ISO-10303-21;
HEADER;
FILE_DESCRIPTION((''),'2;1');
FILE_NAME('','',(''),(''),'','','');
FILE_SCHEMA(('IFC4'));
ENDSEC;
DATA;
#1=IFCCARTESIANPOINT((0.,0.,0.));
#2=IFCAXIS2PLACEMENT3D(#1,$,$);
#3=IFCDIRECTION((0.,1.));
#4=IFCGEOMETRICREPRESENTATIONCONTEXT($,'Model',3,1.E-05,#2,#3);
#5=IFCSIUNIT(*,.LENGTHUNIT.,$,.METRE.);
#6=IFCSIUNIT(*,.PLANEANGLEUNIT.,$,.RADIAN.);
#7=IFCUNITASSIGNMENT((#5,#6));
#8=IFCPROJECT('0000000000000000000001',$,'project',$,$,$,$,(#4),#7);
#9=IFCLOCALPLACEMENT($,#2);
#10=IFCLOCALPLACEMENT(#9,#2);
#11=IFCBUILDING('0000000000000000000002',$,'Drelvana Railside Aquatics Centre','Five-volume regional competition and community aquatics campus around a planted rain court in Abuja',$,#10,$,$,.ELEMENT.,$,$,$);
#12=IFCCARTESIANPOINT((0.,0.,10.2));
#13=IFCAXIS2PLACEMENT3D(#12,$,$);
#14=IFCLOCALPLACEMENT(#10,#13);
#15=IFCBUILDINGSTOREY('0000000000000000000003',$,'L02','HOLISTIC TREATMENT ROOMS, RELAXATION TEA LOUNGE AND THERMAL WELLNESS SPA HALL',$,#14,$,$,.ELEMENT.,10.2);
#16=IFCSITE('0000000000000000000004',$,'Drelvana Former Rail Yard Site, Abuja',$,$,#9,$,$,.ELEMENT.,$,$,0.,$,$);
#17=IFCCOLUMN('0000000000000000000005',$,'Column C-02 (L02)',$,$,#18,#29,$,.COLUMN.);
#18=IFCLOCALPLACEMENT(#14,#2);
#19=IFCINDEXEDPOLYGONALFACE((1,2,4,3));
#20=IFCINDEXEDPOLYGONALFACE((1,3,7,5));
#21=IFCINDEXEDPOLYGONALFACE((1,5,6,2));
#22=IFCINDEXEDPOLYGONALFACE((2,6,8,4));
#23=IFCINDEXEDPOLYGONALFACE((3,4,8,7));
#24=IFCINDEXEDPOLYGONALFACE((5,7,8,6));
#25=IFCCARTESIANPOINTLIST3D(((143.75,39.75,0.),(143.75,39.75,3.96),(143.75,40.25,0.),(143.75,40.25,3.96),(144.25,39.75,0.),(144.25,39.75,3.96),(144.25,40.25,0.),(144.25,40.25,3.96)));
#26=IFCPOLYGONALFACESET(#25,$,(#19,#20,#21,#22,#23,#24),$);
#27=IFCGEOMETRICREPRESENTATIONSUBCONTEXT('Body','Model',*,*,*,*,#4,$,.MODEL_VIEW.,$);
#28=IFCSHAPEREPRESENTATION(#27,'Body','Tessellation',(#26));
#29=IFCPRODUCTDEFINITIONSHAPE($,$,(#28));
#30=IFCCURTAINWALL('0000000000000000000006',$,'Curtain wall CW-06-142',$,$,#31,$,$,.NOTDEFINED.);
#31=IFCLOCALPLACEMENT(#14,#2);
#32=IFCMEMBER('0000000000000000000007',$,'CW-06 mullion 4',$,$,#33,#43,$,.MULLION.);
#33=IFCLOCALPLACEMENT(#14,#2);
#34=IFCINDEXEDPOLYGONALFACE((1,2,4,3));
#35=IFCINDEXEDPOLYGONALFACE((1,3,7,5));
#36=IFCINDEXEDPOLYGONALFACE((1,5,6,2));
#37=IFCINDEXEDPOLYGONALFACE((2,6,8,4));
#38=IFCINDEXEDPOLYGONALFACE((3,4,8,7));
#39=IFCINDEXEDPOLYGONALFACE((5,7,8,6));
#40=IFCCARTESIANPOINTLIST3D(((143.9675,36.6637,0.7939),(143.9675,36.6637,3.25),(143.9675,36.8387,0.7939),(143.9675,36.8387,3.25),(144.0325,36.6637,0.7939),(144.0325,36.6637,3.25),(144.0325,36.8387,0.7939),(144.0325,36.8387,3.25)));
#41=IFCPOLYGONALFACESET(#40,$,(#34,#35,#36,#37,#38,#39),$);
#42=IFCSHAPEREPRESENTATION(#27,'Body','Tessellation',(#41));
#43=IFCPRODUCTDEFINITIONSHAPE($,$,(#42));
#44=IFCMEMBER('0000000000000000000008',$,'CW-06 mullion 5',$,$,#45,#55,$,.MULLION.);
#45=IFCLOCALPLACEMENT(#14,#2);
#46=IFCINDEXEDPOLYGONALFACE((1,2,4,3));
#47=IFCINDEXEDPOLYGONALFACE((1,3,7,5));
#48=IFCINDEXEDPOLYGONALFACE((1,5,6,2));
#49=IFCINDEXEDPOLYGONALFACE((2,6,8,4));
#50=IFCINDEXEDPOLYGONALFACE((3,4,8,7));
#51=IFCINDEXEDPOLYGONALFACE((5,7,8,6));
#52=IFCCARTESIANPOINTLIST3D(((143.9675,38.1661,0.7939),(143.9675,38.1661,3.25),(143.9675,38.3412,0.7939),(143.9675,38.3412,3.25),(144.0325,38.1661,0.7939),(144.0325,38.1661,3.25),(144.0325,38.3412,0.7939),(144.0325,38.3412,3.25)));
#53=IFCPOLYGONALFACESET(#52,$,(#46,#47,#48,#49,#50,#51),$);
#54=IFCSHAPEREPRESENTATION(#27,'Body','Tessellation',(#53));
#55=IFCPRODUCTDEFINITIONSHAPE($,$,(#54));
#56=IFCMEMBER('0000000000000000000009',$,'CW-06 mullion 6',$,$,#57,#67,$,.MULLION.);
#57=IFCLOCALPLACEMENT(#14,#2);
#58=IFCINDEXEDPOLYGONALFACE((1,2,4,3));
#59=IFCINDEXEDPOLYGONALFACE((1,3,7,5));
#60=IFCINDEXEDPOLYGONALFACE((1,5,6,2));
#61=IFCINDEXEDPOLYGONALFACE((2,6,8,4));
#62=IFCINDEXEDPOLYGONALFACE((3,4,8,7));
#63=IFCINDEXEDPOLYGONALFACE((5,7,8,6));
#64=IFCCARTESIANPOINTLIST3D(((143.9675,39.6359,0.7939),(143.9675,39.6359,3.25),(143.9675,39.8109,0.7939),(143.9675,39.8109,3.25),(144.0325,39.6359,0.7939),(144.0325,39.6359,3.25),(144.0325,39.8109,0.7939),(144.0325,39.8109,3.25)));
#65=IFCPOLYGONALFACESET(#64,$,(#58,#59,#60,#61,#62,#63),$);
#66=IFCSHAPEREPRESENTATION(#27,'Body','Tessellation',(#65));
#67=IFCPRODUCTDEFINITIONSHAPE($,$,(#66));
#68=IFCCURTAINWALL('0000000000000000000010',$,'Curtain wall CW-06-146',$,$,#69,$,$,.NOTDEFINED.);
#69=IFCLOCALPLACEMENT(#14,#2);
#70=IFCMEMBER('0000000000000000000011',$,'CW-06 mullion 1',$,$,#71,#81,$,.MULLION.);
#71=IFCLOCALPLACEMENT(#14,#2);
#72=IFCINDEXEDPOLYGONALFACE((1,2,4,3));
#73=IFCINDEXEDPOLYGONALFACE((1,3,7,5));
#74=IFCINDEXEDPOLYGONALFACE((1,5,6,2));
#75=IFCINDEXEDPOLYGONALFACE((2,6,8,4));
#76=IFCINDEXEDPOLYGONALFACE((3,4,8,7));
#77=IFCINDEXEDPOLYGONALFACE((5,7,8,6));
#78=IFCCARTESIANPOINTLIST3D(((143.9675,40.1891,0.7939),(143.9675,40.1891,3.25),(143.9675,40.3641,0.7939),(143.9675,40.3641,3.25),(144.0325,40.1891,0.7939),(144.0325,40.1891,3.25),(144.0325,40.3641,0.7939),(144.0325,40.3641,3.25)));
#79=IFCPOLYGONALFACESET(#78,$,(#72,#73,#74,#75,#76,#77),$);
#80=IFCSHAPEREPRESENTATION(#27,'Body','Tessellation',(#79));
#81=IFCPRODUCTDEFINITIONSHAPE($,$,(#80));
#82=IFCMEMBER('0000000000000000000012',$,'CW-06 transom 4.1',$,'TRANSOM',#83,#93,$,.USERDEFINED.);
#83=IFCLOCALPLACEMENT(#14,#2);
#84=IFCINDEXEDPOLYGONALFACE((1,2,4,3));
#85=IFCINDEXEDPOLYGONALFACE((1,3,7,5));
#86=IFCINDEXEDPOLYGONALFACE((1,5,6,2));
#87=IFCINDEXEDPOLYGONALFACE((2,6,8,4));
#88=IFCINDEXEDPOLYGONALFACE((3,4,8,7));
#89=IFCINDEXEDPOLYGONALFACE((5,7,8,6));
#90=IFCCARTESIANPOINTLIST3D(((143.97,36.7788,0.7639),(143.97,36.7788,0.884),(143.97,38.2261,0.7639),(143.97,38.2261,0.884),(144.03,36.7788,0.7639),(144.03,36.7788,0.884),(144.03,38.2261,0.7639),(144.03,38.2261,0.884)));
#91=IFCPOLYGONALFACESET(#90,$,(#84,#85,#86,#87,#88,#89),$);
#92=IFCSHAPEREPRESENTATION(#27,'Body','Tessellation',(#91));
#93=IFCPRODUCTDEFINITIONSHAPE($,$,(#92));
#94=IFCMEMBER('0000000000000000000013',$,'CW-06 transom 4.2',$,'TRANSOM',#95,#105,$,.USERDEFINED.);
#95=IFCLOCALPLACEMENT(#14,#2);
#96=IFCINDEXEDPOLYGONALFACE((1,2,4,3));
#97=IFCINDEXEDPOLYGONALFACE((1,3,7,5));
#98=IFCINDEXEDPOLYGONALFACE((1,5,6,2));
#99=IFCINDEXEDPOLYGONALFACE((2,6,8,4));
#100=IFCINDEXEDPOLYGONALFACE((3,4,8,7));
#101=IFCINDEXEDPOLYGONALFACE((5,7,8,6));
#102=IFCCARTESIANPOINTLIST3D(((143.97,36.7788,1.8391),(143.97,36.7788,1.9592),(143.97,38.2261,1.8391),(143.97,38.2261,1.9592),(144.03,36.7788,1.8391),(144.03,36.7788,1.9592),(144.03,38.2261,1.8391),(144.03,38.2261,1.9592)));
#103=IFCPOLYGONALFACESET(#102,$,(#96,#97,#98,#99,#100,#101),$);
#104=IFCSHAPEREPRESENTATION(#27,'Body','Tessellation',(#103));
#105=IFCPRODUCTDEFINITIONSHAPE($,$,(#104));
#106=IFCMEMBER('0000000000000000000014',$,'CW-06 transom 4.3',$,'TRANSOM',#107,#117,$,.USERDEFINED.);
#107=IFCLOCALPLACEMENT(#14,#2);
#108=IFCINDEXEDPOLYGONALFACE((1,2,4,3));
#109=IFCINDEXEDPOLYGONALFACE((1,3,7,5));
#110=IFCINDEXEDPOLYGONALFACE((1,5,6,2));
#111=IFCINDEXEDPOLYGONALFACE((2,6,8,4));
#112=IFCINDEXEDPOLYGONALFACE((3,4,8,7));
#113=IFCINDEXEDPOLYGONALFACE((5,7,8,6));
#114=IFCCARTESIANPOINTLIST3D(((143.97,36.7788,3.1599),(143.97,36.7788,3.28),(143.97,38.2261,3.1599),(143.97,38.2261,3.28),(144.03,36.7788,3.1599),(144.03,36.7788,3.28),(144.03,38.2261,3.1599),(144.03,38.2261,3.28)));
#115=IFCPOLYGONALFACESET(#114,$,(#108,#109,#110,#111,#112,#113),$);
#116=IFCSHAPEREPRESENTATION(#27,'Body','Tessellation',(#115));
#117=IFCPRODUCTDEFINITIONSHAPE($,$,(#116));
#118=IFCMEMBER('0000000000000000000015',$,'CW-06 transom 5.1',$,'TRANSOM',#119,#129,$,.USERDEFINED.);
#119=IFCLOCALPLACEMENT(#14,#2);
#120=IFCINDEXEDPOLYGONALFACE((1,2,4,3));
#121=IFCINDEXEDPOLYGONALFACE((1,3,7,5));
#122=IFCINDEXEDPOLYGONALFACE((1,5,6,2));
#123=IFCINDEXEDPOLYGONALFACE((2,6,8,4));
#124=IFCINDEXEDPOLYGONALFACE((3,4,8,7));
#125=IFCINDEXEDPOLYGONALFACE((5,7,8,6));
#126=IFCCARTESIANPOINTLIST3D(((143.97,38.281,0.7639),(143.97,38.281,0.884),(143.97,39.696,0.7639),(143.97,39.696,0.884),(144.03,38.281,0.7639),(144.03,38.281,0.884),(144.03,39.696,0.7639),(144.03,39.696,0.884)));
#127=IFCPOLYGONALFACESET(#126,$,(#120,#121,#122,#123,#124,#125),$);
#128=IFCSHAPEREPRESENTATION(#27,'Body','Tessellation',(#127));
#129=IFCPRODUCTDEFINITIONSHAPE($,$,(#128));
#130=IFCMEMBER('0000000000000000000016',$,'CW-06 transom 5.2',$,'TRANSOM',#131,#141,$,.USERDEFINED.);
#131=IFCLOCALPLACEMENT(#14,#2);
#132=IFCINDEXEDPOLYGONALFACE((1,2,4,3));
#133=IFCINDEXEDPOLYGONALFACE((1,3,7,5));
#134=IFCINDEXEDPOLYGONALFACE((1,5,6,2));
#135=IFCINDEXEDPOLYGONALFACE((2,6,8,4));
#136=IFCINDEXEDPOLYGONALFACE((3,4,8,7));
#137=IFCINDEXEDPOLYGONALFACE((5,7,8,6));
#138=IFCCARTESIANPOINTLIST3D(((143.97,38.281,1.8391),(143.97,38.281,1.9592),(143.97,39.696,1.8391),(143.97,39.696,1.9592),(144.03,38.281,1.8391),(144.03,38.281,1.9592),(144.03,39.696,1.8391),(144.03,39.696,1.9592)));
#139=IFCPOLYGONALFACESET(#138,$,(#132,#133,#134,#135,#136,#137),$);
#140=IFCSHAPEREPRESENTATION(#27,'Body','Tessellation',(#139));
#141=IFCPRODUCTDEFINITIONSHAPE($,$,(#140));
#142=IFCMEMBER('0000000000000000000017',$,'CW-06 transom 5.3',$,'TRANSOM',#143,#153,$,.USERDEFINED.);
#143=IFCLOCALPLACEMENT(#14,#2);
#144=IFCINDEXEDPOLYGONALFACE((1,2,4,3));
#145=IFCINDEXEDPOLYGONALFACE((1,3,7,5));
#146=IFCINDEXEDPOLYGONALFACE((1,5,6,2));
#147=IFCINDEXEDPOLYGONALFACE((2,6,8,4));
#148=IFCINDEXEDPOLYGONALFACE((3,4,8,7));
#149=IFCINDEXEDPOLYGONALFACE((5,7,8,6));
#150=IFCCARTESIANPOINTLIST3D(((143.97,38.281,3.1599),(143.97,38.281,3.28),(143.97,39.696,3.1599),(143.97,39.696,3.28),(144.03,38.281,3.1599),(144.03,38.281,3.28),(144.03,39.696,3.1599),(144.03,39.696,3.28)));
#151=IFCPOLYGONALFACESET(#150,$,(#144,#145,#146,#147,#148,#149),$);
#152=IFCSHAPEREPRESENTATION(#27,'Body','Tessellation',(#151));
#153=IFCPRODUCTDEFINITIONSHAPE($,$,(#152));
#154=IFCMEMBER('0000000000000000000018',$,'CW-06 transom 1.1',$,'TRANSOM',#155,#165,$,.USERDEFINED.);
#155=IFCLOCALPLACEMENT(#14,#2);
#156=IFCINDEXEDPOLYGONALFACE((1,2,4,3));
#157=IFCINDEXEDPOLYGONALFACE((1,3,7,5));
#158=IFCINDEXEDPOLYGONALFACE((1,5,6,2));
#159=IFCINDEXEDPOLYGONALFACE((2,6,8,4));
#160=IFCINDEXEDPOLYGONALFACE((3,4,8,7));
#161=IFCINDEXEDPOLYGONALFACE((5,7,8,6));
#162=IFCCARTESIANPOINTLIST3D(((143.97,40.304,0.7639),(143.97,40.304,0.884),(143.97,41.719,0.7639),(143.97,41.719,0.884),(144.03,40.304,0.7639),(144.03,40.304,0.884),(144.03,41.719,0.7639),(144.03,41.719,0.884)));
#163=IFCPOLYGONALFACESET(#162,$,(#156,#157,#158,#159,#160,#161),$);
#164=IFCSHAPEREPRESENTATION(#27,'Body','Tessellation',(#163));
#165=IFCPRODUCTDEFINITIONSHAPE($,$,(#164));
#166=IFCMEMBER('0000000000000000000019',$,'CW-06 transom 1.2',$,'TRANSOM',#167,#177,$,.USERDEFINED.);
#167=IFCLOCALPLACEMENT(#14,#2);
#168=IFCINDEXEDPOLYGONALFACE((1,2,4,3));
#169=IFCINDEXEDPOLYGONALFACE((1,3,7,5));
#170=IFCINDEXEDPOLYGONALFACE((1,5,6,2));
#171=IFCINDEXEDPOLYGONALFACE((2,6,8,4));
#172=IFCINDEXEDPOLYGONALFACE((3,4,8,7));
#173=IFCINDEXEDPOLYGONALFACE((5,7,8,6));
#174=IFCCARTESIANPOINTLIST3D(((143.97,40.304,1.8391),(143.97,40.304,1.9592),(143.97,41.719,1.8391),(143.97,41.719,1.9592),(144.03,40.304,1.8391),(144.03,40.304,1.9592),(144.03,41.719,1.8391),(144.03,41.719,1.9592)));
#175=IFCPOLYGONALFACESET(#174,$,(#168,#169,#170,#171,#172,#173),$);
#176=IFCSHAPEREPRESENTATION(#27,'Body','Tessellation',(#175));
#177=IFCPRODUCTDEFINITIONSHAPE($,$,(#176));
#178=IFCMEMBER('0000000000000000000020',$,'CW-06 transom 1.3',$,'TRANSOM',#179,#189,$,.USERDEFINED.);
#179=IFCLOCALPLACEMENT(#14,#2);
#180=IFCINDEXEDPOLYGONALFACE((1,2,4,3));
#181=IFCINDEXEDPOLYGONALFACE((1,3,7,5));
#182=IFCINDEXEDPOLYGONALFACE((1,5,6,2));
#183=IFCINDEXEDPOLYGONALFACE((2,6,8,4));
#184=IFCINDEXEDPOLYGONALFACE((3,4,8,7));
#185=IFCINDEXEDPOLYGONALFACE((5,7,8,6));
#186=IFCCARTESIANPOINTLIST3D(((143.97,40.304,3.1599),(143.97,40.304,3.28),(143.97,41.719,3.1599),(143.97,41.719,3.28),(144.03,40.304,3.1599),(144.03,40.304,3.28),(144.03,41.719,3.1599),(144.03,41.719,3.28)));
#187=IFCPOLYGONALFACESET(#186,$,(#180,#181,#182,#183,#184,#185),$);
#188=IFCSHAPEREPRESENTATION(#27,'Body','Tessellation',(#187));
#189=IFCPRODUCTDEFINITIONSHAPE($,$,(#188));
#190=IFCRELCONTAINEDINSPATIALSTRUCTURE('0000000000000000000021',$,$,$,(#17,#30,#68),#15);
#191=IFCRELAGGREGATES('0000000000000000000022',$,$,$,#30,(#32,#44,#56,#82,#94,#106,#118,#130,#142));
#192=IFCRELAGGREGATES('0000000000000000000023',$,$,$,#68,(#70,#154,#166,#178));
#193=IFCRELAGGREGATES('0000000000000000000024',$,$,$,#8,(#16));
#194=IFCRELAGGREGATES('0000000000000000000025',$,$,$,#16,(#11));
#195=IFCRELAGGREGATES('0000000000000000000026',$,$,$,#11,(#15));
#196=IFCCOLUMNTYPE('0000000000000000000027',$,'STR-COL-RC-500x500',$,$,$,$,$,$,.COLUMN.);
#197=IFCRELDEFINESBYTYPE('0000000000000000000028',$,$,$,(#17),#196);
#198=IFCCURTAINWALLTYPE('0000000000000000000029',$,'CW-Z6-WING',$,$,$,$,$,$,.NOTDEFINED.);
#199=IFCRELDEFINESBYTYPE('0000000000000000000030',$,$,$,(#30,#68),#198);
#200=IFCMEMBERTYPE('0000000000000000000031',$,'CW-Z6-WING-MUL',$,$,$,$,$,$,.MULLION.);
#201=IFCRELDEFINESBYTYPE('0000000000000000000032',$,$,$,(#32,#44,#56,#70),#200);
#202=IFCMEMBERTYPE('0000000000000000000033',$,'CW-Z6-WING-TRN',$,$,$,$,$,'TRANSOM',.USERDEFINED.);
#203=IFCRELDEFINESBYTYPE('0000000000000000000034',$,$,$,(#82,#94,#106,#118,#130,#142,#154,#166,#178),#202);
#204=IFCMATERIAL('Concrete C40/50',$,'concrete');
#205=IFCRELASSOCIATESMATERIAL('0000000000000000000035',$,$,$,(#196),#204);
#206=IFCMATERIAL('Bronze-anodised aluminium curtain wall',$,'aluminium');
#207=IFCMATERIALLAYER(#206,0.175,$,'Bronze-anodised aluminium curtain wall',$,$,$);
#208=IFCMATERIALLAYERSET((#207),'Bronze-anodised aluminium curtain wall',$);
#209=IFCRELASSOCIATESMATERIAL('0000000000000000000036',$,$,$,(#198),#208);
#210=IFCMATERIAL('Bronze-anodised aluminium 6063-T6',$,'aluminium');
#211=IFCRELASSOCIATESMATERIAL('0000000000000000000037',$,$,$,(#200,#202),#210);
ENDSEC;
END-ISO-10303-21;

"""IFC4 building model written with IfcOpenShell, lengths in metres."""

from ifc_helpers import new_model, si_unit, direction, frame, origin, origin_2d, place, context, subcontext, project, spatial, rectangle, extrude, material, layer, layer_set, material_profile, profile_set, type_object, element, aggregate, save


model = new_model("IFC4")

# Units and contexts
model_context = context("Model", 3, precision=1e-05, world=origin(), true_north=direction((0.0, 1.0)))
body_context = subcontext(model_context, "Body", "Model", "MODEL_VIEW")
ifc_project = project(units=[si_unit("LENGTHUNIT", "METRE"), si_unit("PLANEANGLEUNIT", "RADIAN")], contexts=[model_context])

# Site, building, storey
site_placement = place(None, origin())
site = spatial("IfcSite", under=ifc_project, at=site_placement, Name="Drelvana Former Rail Yard Site, Abuja", CompositionType="ELEMENT", RefElevation=0.0)
building_placement = place(site_placement, origin())
building = spatial("IfcBuilding", under=site, at=building_placement, Name="Drelvana Railside Aquatics Centre", Description="Five-volume regional competition and community aquatics campus around a planted rain court in Abuja", CompositionType="ELEMENT")
storey_placement = place(building_placement, frame((0.0, 0.0, 10.2)))
storey = spatial("IfcBuildingStorey", under=building, at=storey_placement, Name="L02", Description="HOLISTIC TREATMENT ROOMS, RELAXATION TEA LOUNGE AND THERMAL WELLNESS SPA HALL", CompositionType="ELEMENT", Elevation=10.2)

# Column
ifc_material_1 = material(Name="Concrete C40/50", Category="concrete")
ifc_material_profile_1 = material_profile(ifc_material_1, rectangle(XDim=0.5, YDim=0.5, at=origin_2d()), Name="RC 500x500")
ifc_profile_set_1 = profile_set([ifc_material_profile_1], Name="Concrete C40/50")
column_type = type_object("IfcColumnType", Name="STR-COL-RC-500x500", PredefinedType="COLUMN", material=ifc_profile_set_1)
column_placement = place(storey_placement, frame((144.0, 40.0, 0.0), z_axis=(0.0, 0.0, 1.0), x_axis=(1.0, 0.0, 0.0)))
element("IfcColumn", 1, at=column_placement, inside=storey, type_object=column_type, Name="Column C-02 (L02)", PredefinedType="COLUMN", context=body_context, shape_type="SweptSolid", body=[
    extrude(rectangle(XDim=0.5, YDim=0.5, at=origin_2d()), origin(), (0.0, 0.0, 1.0), 3.96),
])

# Curtain wall, members
ifc_material_2 = material(Name="Bronze-anodised aluminium curtain wall", Category="aluminium")
ifc_layer_1 = layer(ifc_material_2, 0.175, Name="Bronze-anodised aluminium curtain wall")
ifc_layer_set_1 = layer_set([ifc_layer_1], Name="Bronze-anodised aluminium curtain wall")
curtain_wall_type = type_object("IfcCurtainWallType", Name="CW-Z6-WING", PredefinedType="NOTDEFINED", material=ifc_layer_set_1)
curtain_wall_1_placement = place(storey_placement, origin())
curtain_wall_1 = element("IfcCurtainWall", 2, at=curtain_wall_1_placement, inside=storey, type_object=curtain_wall_type, Name="Curtain wall CW-06-142", PredefinedType="NOTDEFINED")
ifc_material_3 = material(Name="Bronze-anodised aluminium 6063-T6", Category="aluminium")
ifc_material_profile_2 = material_profile(ifc_material_3, rectangle(XDim=0.0649, YDim=0.175, at=origin_2d()), Name="ALU-M 65x175")
ifc_profile_set_2 = profile_set([ifc_material_profile_2], Name="Bronze-anodised aluminium 6063-T6")
member_type_1 = type_object("IfcMemberType", Name="CW-Z6-WING-MUL", PredefinedType="MULLION", material=ifc_profile_set_2)
member_1_placement = place(storey_placement, frame((144.0, 36.7512, 0.7939), z_axis=(0.0, 0.0, 1.0), x_axis=(-1.0, 0.0, 0.0)))
member_1 = element("IfcMember", 3, at=member_1_placement, type_object=member_type_1, Name="CW-06 mullion 4", PredefinedType="MULLION", context=body_context, shape_type="SweptSolid", body=[
    extrude(rectangle(XDim=0.0649, YDim=0.175, at=origin_2d()), origin(), (0.0, 0.0, 1.0), 2.4561),
])
member_2_placement = place(storey_placement, frame((144.0, 38.2537, 0.7939), z_axis=(0.0, 0.0, 1.0), x_axis=(-1.0, 0.0, 0.0)))
member_2 = element("IfcMember", 4, at=member_2_placement, type_object=member_type_1, Name="CW-06 mullion 5", PredefinedType="MULLION", context=body_context, shape_type="SweptSolid", body=[
    extrude(rectangle(XDim=0.0649, YDim=0.175, at=origin_2d()), origin(), (0.0, 0.0, 1.0), 2.4561),
])
member_3_placement = place(storey_placement, frame((144.0, 39.7234, 0.7939), z_axis=(0.0, 0.0, 1.0), x_axis=(-1.0, 0.0, 0.0)))
member_3 = element("IfcMember", 5, at=member_3_placement, type_object=member_type_1, Name="CW-06 mullion 6", PredefinedType="MULLION", context=body_context, shape_type="SweptSolid", body=[
    extrude(rectangle(XDim=0.0649, YDim=0.175, at=origin_2d()), origin(), (0.0, 0.0, 1.0), 2.4561),
])

# Curtain wall, member
curtain_wall_2_placement = place(storey_placement, origin())
curtain_wall_2 = element("IfcCurtainWall", 6, at=curtain_wall_2_placement, inside=storey, type_object=curtain_wall_type, Name="Curtain wall CW-06-146", PredefinedType="NOTDEFINED")
member_4_placement = place(storey_placement, frame((144.0, 40.2766, 0.7939), z_axis=(0.0, 0.0, 1.0), x_axis=(-1.0, 0.0, 0.0)))
member_4 = element("IfcMember", 7, at=member_4_placement, type_object=member_type_1, Name="CW-06 mullion 1", PredefinedType="MULLION", context=body_context, shape_type="SweptSolid", body=[
    extrude(rectangle(XDim=0.0649, YDim=0.175, at=origin_2d()), origin(), (0.0, 0.0, 1.0), 2.4561),
])

# Members
ifc_material_profile_3 = material_profile(ifc_material_3, rectangle(XDim=0.1201, YDim=0.0601, at=origin_2d()), Name="ALU-T 60x120")
ifc_profile_set_3 = profile_set([ifc_material_profile_3], Name="Bronze-anodised aluminium 6063-T6")
member_type_2 = type_object("IfcMemberType", Name="CW-Z6-WING-TRN", ElementType="TRANSOM", PredefinedType="USERDEFINED", material=ifc_profile_set_3)
member_5_placement = place(storey_placement, frame((144.0, 36.7788, 0.824), z_axis=(0.0, 1.0, 0.0), x_axis=(0.0, 0.0, 1.0)))
member_5 = element("IfcMember", 8, at=member_5_placement, type_object=member_type_2, Name="CW-06 transom 4.1", ObjectType="TRANSOM", PredefinedType="USERDEFINED", context=body_context, shape_type="SweptSolid", body=[
    extrude(rectangle(XDim=0.1201, YDim=0.0601, at=origin_2d()), origin(), (0.0, 0.0, 1.0), 1.4473),
])
member_6_placement = place(storey_placement, frame((144.0, 36.7788, 1.8992), z_axis=(0.0, 1.0, 0.0), x_axis=(0.0, 0.0, 1.0)))
member_6 = element("IfcMember", 9, at=member_6_placement, type_object=member_type_2, Name="CW-06 transom 4.2", ObjectType="TRANSOM", PredefinedType="USERDEFINED", context=body_context, shape_type="SweptSolid", body=[
    extrude(rectangle(XDim=0.1201, YDim=0.0601, at=origin_2d()), origin(), (0.0, 0.0, 1.0), 1.4473),
])
member_7_placement = place(storey_placement, frame((144.0, 36.7788, 3.22), z_axis=(0.0, 1.0, 0.0), x_axis=(0.0, 0.0, 1.0)))
member_7 = element("IfcMember", 10, at=member_7_placement, type_object=member_type_2, Name="CW-06 transom 4.3", ObjectType="TRANSOM", PredefinedType="USERDEFINED", context=body_context, shape_type="SweptSolid", body=[
    extrude(rectangle(XDim=0.1201, YDim=0.0601, at=origin_2d()), origin(), (0.0, 0.0, 1.0), 1.4473),
])
member_8_placement = place(storey_placement, frame((144.0, 38.281, 0.824), z_axis=(0.0, 1.0, 0.0), x_axis=(0.0, 0.0, 1.0)))
member_8 = element("IfcMember", 11, at=member_8_placement, type_object=member_type_2, Name="CW-06 transom 5.1", ObjectType="TRANSOM", PredefinedType="USERDEFINED", context=body_context, shape_type="SweptSolid", body=[
    extrude(rectangle(XDim=0.1201, YDim=0.0601, at=origin_2d()), origin(), (0.0, 0.0, 1.0), 1.415),
])
member_9_placement = place(storey_placement, frame((144.0, 38.281, 1.8992), z_axis=(0.0, 1.0, 0.0), x_axis=(0.0, 0.0, 1.0)))
member_9 = element("IfcMember", 12, at=member_9_placement, type_object=member_type_2, Name="CW-06 transom 5.2", ObjectType="TRANSOM", PredefinedType="USERDEFINED", context=body_context, shape_type="SweptSolid", body=[
    extrude(rectangle(XDim=0.1201, YDim=0.0601, at=origin_2d()), origin(), (0.0, 0.0, 1.0), 1.415),
])
member_10_placement = place(storey_placement, frame((144.0, 38.281, 3.22), z_axis=(0.0, 1.0, 0.0), x_axis=(0.0, 0.0, 1.0)))
member_10 = element("IfcMember", 13, at=member_10_placement, type_object=member_type_2, Name="CW-06 transom 5.3", ObjectType="TRANSOM", PredefinedType="USERDEFINED", context=body_context, shape_type="SweptSolid", body=[
    extrude(rectangle(XDim=0.1201, YDim=0.0601, at=origin_2d()), origin(), (0.0, 0.0, 1.0), 1.415),
])
member_11_placement = place(storey_placement, frame((144.0, 40.304, 0.824), z_axis=(0.0, 1.0, 0.0), x_axis=(0.0, 0.0, 1.0)))
member_11 = element("IfcMember", 14, at=member_11_placement, type_object=member_type_2, Name="CW-06 transom 1.1", ObjectType="TRANSOM", PredefinedType="USERDEFINED", context=body_context, shape_type="SweptSolid", body=[
    extrude(rectangle(XDim=0.1201, YDim=0.0601, at=origin_2d()), origin(), (0.0, 0.0, 1.0), 1.415),
])
member_12_placement = place(storey_placement, frame((144.0, 40.304, 1.8992), z_axis=(0.0, 1.0, 0.0), x_axis=(0.0, 0.0, 1.0)))
member_12 = element("IfcMember", 15, at=member_12_placement, type_object=member_type_2, Name="CW-06 transom 1.2", ObjectType="TRANSOM", PredefinedType="USERDEFINED", context=body_context, shape_type="SweptSolid", body=[
    extrude(rectangle(XDim=0.1201, YDim=0.0601, at=origin_2d()), origin(), (0.0, 0.0, 1.0), 1.415),
])
member_13_placement = place(storey_placement, frame((144.0, 40.304, 3.22), z_axis=(0.0, 1.0, 0.0), x_axis=(0.0, 0.0, 1.0)))
member_13 = element("IfcMember", 16, at=member_13_placement, type_object=member_type_2, Name="CW-06 transom 1.3", ObjectType="TRANSOM", PredefinedType="USERDEFINED", context=body_context, shape_type="SweptSolid", body=[
    extrude(rectangle(XDim=0.1201, YDim=0.0601, at=origin_2d()), origin(), (0.0, 0.0, 1.0), 1.415),
])

aggregate(curtain_wall_1, [member_1, member_2, member_3, member_5, member_6, member_7, member_8, member_9, member_10])
aggregate(curtain_wall_2, [member_4, member_11, member_12, member_13])

save(model, "model.ifc")
